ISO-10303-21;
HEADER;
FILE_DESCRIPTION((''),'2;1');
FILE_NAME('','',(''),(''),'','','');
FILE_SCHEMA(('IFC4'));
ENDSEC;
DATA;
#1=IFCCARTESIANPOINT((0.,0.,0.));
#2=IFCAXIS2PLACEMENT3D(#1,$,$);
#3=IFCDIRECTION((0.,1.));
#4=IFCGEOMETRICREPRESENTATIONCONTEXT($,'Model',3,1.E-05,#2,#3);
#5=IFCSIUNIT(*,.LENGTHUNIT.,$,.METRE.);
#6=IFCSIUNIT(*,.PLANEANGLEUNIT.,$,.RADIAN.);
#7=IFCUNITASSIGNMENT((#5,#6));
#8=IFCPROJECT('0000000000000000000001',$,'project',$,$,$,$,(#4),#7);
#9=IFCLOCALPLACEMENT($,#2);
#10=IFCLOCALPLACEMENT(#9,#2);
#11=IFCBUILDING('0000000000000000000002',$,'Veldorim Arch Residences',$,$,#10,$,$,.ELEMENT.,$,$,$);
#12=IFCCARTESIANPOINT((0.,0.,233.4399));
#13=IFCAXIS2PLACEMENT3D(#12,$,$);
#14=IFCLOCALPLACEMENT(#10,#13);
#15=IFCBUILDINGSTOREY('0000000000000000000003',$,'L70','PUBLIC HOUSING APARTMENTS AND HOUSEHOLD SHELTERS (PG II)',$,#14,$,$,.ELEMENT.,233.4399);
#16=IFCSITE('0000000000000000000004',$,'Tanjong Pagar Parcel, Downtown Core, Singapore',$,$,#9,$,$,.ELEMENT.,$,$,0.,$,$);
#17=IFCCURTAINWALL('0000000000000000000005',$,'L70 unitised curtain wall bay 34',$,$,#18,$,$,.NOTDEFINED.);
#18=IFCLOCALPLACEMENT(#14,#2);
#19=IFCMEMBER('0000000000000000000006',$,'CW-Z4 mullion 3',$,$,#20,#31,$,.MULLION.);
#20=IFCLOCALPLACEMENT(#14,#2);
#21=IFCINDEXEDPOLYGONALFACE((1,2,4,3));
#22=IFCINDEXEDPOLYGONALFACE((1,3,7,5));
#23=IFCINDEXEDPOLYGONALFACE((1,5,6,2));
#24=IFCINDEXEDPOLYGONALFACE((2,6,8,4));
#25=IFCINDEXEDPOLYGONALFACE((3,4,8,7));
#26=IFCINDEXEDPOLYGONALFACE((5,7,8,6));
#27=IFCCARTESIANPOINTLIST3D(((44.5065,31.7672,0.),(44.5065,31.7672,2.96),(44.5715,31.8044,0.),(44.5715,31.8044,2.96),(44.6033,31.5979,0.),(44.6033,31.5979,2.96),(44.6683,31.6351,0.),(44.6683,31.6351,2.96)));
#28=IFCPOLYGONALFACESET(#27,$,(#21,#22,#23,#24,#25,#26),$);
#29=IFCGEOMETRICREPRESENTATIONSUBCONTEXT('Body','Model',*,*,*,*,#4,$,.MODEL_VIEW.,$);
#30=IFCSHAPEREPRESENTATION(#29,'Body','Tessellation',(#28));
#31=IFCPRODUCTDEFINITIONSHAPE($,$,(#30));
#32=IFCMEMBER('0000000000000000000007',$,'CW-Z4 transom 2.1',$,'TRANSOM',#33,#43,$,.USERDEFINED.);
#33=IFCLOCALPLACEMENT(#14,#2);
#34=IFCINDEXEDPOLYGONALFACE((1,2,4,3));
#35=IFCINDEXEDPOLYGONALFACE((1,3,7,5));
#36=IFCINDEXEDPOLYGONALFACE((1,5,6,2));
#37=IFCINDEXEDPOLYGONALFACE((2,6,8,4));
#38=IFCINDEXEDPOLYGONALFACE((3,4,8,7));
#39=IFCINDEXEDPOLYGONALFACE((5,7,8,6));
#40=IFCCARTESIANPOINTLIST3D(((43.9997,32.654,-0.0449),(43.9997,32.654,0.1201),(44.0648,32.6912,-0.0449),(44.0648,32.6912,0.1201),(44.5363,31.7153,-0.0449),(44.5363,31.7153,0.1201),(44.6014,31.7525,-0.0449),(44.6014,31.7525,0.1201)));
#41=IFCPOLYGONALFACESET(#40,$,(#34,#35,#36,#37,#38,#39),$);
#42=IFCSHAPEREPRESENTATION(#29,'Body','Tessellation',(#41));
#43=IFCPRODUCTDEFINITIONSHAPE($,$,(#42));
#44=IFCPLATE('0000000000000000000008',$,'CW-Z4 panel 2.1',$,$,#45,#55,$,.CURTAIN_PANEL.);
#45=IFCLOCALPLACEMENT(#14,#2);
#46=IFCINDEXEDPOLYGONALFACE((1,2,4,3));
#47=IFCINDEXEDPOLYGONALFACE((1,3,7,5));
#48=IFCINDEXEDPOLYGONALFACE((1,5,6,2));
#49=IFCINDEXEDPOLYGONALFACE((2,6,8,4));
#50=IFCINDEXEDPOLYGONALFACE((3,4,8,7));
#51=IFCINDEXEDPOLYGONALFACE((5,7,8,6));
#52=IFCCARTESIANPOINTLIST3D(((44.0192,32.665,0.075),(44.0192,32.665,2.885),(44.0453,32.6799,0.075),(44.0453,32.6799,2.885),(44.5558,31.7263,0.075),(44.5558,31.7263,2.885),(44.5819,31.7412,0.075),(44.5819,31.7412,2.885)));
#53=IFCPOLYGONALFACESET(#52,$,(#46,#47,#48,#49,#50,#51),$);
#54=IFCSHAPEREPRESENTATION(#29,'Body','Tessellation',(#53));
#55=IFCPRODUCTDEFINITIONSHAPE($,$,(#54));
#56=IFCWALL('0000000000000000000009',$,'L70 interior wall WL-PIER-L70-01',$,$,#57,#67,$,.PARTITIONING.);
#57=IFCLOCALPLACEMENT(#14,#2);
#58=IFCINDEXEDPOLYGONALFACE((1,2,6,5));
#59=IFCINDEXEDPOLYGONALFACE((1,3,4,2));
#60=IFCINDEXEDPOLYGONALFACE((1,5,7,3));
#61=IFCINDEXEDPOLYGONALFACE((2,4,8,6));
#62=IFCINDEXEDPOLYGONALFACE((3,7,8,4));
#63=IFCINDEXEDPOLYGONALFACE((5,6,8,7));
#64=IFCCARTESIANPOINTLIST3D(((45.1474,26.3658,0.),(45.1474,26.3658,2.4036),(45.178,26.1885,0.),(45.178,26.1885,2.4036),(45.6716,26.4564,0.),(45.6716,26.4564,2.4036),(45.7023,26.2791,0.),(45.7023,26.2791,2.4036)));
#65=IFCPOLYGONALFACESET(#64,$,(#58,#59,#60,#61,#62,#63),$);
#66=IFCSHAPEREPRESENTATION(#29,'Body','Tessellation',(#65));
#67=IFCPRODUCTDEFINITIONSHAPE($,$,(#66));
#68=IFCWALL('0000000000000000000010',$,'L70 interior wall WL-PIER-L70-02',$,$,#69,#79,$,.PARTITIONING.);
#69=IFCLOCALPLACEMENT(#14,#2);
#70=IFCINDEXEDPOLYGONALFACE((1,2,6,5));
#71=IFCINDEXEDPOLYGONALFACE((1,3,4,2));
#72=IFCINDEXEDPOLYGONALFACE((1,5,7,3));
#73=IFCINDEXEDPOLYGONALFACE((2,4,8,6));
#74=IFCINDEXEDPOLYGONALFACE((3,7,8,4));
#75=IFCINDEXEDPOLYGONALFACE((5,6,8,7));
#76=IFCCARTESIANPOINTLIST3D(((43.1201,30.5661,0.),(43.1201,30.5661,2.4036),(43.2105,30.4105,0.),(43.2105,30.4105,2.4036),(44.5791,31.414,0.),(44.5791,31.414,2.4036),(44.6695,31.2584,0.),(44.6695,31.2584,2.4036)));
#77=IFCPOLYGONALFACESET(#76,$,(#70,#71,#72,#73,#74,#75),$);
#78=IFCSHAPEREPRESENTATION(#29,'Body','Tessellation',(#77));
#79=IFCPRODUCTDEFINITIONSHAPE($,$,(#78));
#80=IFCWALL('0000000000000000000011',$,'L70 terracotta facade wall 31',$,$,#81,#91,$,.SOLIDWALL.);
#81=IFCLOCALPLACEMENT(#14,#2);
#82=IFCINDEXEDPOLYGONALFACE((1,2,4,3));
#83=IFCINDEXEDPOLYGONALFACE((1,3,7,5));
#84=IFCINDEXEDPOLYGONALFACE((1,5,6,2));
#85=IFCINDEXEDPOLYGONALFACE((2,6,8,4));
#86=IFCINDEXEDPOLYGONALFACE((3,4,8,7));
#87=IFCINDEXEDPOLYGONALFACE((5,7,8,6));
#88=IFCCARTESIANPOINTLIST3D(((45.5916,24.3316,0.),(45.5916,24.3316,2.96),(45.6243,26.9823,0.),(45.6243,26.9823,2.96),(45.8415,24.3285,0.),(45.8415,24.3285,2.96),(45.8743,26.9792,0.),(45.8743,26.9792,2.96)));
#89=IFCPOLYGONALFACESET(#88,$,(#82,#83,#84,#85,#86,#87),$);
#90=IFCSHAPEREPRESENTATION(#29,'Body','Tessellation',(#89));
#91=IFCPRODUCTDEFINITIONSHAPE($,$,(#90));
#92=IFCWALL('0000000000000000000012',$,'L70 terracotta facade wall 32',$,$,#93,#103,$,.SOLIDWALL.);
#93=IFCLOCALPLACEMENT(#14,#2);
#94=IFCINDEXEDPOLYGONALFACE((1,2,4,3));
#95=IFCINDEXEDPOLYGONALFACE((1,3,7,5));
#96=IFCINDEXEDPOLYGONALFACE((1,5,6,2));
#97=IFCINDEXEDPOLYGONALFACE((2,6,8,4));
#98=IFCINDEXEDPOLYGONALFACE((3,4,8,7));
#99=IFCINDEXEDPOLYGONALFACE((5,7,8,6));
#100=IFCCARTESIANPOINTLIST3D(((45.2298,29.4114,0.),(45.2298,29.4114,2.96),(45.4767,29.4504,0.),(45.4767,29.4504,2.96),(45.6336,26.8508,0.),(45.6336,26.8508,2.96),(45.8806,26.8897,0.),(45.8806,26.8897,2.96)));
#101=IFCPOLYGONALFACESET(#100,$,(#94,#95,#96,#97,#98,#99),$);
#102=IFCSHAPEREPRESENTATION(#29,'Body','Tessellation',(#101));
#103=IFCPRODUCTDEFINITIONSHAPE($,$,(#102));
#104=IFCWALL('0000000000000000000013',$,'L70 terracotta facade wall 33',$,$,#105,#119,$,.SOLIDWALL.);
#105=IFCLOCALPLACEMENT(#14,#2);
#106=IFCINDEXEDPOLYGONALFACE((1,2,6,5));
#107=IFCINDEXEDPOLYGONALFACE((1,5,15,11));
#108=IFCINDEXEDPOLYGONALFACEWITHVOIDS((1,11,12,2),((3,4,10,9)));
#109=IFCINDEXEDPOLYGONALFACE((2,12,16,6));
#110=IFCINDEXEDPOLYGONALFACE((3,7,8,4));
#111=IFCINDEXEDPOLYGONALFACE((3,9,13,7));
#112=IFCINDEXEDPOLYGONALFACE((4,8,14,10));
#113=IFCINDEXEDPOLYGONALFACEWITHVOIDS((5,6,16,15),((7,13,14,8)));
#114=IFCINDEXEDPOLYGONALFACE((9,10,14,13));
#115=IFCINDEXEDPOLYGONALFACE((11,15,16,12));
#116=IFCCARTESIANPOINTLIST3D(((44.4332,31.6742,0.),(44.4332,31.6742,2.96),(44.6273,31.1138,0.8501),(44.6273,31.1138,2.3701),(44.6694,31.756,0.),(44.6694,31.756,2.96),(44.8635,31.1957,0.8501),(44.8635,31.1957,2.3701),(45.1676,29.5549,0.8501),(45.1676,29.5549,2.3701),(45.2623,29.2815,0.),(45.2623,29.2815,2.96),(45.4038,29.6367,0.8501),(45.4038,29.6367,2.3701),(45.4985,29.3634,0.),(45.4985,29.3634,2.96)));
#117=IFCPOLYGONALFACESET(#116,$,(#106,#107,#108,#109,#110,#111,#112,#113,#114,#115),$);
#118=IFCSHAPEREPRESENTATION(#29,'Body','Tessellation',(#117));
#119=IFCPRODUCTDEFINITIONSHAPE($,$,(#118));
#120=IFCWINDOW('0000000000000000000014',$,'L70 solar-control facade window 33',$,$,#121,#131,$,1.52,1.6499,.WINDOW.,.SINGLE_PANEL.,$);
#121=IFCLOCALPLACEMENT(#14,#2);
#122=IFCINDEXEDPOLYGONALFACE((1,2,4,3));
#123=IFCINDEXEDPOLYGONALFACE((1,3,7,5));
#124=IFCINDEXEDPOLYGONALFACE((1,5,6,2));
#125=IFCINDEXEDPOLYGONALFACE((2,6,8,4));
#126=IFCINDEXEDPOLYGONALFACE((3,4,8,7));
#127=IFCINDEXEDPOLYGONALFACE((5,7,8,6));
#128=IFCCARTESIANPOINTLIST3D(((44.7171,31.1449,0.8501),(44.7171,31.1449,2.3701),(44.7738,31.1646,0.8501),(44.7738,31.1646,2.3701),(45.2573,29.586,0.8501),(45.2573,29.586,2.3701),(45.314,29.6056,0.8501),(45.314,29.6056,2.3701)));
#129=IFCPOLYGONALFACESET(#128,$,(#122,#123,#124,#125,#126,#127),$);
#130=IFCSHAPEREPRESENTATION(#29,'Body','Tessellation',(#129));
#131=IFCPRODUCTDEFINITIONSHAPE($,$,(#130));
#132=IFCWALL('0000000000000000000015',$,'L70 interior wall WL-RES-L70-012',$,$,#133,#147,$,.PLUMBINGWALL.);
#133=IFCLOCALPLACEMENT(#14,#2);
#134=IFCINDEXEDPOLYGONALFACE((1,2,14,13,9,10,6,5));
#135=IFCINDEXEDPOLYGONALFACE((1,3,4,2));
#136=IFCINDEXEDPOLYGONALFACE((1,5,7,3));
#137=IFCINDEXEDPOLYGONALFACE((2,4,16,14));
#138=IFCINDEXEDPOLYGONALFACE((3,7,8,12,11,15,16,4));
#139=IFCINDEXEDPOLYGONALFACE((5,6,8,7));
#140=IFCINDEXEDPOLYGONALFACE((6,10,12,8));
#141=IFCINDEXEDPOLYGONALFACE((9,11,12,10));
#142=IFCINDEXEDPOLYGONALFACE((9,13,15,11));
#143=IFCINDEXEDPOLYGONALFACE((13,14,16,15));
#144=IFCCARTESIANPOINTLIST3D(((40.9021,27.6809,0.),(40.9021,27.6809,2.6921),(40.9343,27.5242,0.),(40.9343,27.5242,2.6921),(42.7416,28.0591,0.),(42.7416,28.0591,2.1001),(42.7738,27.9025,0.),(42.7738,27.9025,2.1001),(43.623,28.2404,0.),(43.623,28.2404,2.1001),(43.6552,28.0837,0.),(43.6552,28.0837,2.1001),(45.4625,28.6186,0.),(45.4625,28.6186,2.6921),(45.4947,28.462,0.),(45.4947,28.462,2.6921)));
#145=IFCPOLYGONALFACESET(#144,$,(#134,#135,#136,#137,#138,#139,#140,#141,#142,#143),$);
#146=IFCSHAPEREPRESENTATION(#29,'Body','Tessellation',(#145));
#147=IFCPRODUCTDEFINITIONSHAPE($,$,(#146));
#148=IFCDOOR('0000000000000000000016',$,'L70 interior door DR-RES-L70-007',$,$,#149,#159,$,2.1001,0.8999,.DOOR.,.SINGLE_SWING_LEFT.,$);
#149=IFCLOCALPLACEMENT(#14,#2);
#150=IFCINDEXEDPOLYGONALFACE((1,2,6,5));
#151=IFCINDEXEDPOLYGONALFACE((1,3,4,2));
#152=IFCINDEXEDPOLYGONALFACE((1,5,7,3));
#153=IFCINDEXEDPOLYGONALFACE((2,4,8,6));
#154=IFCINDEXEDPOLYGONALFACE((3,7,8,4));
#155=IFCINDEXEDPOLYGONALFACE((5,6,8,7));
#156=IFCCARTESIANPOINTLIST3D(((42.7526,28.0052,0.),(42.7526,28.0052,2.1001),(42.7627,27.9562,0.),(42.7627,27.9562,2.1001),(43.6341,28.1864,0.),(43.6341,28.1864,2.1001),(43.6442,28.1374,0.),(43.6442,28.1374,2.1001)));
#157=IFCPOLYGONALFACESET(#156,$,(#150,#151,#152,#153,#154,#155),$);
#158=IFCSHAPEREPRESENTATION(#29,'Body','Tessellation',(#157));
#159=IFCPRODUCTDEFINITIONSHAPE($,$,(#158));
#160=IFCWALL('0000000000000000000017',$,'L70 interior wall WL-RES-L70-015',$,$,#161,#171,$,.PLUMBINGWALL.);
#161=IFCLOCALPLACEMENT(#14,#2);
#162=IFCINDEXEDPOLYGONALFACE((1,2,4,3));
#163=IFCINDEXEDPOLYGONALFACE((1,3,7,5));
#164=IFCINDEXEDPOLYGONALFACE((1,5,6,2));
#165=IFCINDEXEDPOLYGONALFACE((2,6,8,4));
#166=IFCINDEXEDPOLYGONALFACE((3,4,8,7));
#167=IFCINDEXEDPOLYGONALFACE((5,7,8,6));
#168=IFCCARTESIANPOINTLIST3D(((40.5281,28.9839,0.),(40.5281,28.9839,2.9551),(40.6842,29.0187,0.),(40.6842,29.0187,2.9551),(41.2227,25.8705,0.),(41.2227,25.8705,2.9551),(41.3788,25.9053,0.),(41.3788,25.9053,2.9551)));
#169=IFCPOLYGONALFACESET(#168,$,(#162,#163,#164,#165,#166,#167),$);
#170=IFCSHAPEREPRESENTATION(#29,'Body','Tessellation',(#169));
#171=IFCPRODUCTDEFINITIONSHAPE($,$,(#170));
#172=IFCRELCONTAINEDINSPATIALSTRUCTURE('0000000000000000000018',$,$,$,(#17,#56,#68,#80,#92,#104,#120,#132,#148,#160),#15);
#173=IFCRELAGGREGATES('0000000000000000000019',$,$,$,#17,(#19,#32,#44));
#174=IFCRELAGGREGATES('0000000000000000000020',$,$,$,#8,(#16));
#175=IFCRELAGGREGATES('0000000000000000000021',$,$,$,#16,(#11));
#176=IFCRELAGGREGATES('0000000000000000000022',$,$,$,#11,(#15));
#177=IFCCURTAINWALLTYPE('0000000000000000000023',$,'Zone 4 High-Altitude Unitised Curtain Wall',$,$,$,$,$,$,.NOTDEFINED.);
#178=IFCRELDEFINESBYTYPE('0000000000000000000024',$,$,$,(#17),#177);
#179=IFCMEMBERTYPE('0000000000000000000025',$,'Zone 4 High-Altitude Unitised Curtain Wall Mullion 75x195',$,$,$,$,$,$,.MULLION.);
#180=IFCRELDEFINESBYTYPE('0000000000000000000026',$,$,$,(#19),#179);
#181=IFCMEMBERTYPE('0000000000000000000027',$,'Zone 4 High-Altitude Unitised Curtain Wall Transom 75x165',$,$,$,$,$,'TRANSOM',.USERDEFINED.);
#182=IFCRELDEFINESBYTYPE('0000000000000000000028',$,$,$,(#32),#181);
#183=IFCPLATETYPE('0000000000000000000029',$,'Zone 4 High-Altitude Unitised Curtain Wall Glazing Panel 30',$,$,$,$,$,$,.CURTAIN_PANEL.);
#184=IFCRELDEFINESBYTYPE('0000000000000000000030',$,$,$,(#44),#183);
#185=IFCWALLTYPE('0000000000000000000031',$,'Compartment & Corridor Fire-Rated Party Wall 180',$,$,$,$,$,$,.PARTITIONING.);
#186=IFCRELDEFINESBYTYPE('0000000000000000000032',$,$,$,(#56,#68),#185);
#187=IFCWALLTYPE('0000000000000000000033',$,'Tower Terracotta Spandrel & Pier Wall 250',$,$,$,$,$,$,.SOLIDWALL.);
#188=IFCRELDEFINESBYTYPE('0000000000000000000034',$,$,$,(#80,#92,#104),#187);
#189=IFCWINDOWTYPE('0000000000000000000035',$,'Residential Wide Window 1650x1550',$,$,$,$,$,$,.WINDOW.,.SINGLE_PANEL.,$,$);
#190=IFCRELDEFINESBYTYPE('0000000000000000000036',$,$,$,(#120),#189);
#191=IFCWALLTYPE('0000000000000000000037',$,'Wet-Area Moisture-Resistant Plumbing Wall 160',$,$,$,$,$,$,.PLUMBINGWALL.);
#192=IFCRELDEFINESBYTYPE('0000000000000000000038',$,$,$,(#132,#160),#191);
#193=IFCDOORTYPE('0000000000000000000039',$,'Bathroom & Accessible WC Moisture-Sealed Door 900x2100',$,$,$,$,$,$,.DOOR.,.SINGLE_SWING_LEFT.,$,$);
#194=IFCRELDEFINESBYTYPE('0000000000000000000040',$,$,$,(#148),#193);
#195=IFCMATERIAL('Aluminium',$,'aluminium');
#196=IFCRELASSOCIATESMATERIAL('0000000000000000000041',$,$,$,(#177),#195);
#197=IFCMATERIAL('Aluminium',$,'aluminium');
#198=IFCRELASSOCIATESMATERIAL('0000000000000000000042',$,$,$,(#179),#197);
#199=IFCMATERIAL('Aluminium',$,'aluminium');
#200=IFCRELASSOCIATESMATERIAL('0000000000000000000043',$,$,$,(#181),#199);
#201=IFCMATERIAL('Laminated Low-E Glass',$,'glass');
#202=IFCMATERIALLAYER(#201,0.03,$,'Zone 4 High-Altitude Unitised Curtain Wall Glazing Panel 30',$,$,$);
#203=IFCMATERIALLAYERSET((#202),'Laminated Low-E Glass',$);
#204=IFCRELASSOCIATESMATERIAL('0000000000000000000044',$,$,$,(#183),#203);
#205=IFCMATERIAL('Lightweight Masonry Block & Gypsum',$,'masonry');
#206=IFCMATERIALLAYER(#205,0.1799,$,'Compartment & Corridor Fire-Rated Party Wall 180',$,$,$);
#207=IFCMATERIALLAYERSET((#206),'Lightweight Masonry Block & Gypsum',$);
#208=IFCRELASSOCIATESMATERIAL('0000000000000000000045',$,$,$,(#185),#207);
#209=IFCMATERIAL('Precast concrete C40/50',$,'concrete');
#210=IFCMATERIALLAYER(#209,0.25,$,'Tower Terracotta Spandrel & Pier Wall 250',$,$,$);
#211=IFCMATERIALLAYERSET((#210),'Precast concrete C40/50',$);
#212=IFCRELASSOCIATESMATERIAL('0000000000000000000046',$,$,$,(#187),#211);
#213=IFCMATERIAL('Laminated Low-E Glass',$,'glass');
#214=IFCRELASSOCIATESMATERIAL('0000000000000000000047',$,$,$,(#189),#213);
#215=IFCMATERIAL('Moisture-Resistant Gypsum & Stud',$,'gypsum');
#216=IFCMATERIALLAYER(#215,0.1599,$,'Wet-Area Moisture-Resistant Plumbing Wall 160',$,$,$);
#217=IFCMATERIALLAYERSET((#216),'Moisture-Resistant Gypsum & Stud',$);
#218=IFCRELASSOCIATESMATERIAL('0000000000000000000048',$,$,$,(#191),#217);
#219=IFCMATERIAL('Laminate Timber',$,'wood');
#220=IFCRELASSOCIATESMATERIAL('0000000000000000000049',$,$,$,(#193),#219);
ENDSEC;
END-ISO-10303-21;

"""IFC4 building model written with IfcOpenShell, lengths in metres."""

from ifc_helpers import new_model, si_unit, direction, frame, frame_2d, origin, origin_2d, place, context, subcontext, project, spatial, rectangle, extrude, material, layer, layer_set, material_profile, profile_set, type_object, element, fill, aggregate, save


model = new_model("IFC4")

# Units and contexts
model_context = context("Model", 3, precision=1e-05, world=origin(), true_north=direction((0.0, 1.0)))
body_context = subcontext(model_context, "Body", "Model", "MODEL_VIEW")
ifc_project = project(units=[si_unit("LENGTHUNIT", "METRE"), si_unit("PLANEANGLEUNIT", "RADIAN")], contexts=[model_context])

# Site, building, storey
site_placement = place(None, origin())
site = spatial("IfcSite", under=ifc_project, at=site_placement, Name="Tanjong Pagar Parcel, Downtown Core, Singapore", CompositionType="ELEMENT", RefElevation=0.0)
building_placement = place(site_placement, origin())
building = spatial("IfcBuilding", under=site, at=building_placement, Name="Veldorim Arch Residences", CompositionType="ELEMENT")
storey_placement = place(building_placement, frame((0.0, 0.0, 233.4399)))
storey = spatial("IfcBuildingStorey", under=building, at=storey_placement, Name="L70", Description="PUBLIC HOUSING APARTMENTS AND HOUSEHOLD SHELTERS (PG II)", CompositionType="ELEMENT", Elevation=233.4399)

# Curtain wall, members, plate
ifc_material_1 = material(Name="Aluminium", Category="aluminium")
curtain_wall_type = type_object("IfcCurtainWallType", Name="Zone 4 High-Altitude Unitised Curtain Wall", PredefinedType="NOTDEFINED", material=ifc_material_1)
curtain_wall_placement = place(storey_placement, origin())
curtain_wall = element("IfcCurtainWall", 1, at=curtain_wall_placement, inside=storey, type_object=curtain_wall_type, Name="L70 unitised curtain wall bay 34", PredefinedType="NOTDEFINED")
ifc_material_2 = material(Name="Aluminium", Category="aluminium")
ifc_material_profile_1 = material_profile(ifc_material_2, rectangle(XDim=0.075, YDim=0.1951, at=origin_2d()), Name="ALU_MUL_75x195")
ifc_profile_set_1 = profile_set([ifc_material_profile_1], Name="Aluminium")
member_type_1 = type_object("IfcMemberType", Name="Zone 4 High-Altitude Unitised Curtain Wall Mullion 75x195", PredefinedType="MULLION", material=ifc_profile_set_1)
member_1_placement = place(storey_placement, frame((44.5874, 31.7012, 0.0), z_axis=(0.0, 0.0, 1.0), x_axis=(0.868166, 0.496274, 0.0)))
member_1 = element("IfcMember", 2, at=member_1_placement, type_object=member_type_1, Name="CW-Z4 mullion 3", PredefinedType="MULLION", context=body_context, shape_type="SweptSolid", body=[
    extrude(rectangle(XDim=0.075, YDim=0.1951, at=origin_2d()), origin(), (0.0, 0.0, 1.0), 2.96),
])
ifc_material_3 = material(Name="Aluminium", Category="aluminium")
ifc_material_profile_2 = material_profile(ifc_material_3, rectangle(XDim=0.075, YDim=0.165, at=origin_2d()), Name="ALU_TRN_75x165")
ifc_profile_set_2 = profile_set([ifc_material_profile_2], Name="Aluminium")
member_type_2 = type_object("IfcMemberType", Name="Zone 4 High-Altitude Unitised Curtain Wall Transom 75x165", ElementType="TRANSOM", PredefinedType="USERDEFINED", material=ifc_profile_set_2)
member_2_placement = place(storey_placement, frame((44.0322, 32.6726, 0.0376), z_axis=(0.496285, -0.86816, 0.0), x_axis=(0.86816, 0.496285, 0.0)))
member_2 = element("IfcMember", 3, at=member_2_placement, type_object=member_type_2, Name="CW-Z4 transom 2.1", ObjectType="TRANSOM", PredefinedType="USERDEFINED", context=body_context, shape_type="SweptSolid", body=[
    extrude(rectangle(XDim=0.075, YDim=0.165, at=origin_2d()), origin(), (0.0, 0.0, 1.0), 1.0813),
])
ifc_material_4 = material(Name="Laminated Low-E Glass", Category="glass")
ifc_layer_1 = layer(ifc_material_4, 0.03, Name="Zone 4 High-Altitude Unitised Curtain Wall Glazing Panel 30")
ifc_layer_set_1 = layer_set([ifc_layer_1], Name="Laminated Low-E Glass")
plate_type = type_object("IfcPlateType", Name="Zone 4 High-Altitude Unitised Curtain Wall Glazing Panel 30", PredefinedType="CURTAIN_PANEL", material=ifc_layer_set_1)
plate_placement = place(storey_placement, frame((44.3005, 32.2031, 0.075), z_axis=(0.0, 0.0, 1.0), x_axis=(0.496274, -0.868166, 0.0)))
plate = element("IfcPlate", 4, at=plate_placement, type_object=plate_type, Name="CW-Z4 panel 2.1", PredefinedType="CURTAIN_PANEL", context=body_context, shape_type="SweptSolid", body=[
    extrude(rectangle(XDim=1.0813, YDim=0.03, at=origin_2d()), origin(), (0.0, 0.0, 1.0), 2.8101),
])
aggregate(curtain_wall, [member_1, member_2, plate])

# Walls
ifc_material_5 = material(Name="Lightweight Masonry Block & Gypsum", Category="masonry")
ifc_layer_2 = layer(ifc_material_5, 0.1799, Name="Compartment & Corridor Fire-Rated Party Wall 180")
ifc_layer_set_2 = layer_set([ifc_layer_2], Name="Lightweight Masonry Block & Gypsum")
wall_type_1 = type_object("IfcWallType", Name="Compartment & Corridor Fire-Rated Party Wall 180", PredefinedType="PARTITIONING", material=ifc_layer_set_2)
wall_1_placement = place(storey_placement, frame((45.1626, 26.2771, 0.0), z_axis=(0.0, 0.0, 1.0), x_axis=(0.985396, 0.170276, 0.0)))
element("IfcWall", 5, at=wall_1_placement, inside=storey, type_object=wall_type_1, Name="L70 interior wall WL-PIER-L70-01", PredefinedType="PARTITIONING", context=body_context, shape_type="SweptSolid", body=[
    extrude(rectangle(XDim=0.532, YDim=0.1799, at=frame_2d((0.2661, 0.0))), origin(), (0.0, 0.0, 1.0), 2.4036),
])
wall_2_placement = place(storey_placement, frame((43.1653, 30.4883, 0.0), z_axis=(0.0, 0.0, 1.0), x_axis=(0.864596, 0.502467, 0.0)))
element("IfcWall", 6, at=wall_2_placement, inside=storey, type_object=wall_type_1, Name="L70 interior wall WL-PIER-L70-02", PredefinedType="PARTITIONING", context=body_context, shape_type="SweptSolid", body=[
    extrude(rectangle(XDim=1.6875, YDim=0.1799, at=frame_2d((0.8438, 0.0))), origin(), (0.0, 0.0, 1.0), 2.4036),
])
ifc_material_6 = material(Name="Precast concrete C40/50", Category="concrete")
ifc_layer_3 = layer(ifc_material_6, 0.25, Name="Tower Terracotta Spandrel & Pier Wall 250")
ifc_layer_set_3 = layer_set([ifc_layer_3], Name="Precast concrete C40/50")
wall_type_2 = type_object("IfcWallType", Name="Tower Terracotta Spandrel & Pier Wall 250", PredefinedType="SOLIDWALL", material=ifc_layer_set_3)
wall_3_placement = place(storey_placement, frame((45.7493, 26.9807, 0.0), z_axis=(0.0, 0.0, 1.0), x_axis=(-0.012341, -0.999924, 0.0)))
element("IfcWall", 7, at=wall_3_placement, inside=storey, type_object=wall_type_2, Name="L70 terracotta facade wall 31", PredefinedType="SOLIDWALL", context=body_context, shape_type="SweptSolid", body=[
    extrude(rectangle(XDim=2.6509, YDim=0.25, at=frame_2d((1.3254, 0.0))), origin(), (0.0, 0.0, 1.0), 2.96),
])
wall_4_placement = place(storey_placement, frame((45.3533, 29.4309, 0.0), z_axis=(0.0, 0.0, 1.0), x_axis=(0.155779, -0.987792, 0.0)))
element("IfcWall", 8, at=wall_4_placement, inside=storey, type_object=wall_type_2, Name="L70 terracotta facade wall 32", PredefinedType="SOLIDWALL", context=body_context, shape_type="SweptSolid", body=[
    extrude(rectangle(XDim=2.5923, YDim=0.25, at=frame_2d((1.2961, 0.0))), origin(), (0.0, 0.0, 1.0), 2.96),
])

# Wall, opening, window
wall_5_placement = place(storey_placement, frame((44.5513, 31.7151, 0.0), z_axis=(0.0, 0.0, 1.0), x_axis=(0.327428, -0.944876, 0.0)))
wall_5 = element("IfcWall", 9, at=wall_5_placement, inside=storey, type_object=wall_type_2, Name="L70 terracotta facade wall 33", PredefinedType="SOLIDWALL", context=body_context, shape_type="SweptSolid", body=[
    extrude(rectangle(XDim=2.5322, YDim=0.25, at=frame_2d((1.2661, 0.0))), origin(), (0.0, 0.0, 1.0), 2.96),
])
opening_1_placement = place(wall_5_placement, frame((0.593, 0.0, 0.8501)))
opening_1 = element("IfcOpeningElement", 10, at=opening_1_placement, cuts=wall_5, PredefinedType="OPENING", context=body_context, shape_type="SweptSolid", body=[
    extrude(rectangle(XDim=1.6499, YDim=1.52, at=frame_2d((0.825, 0.76))), frame((0.0, 0.135, 0.0), z_axis=(0.0, -1.0, 0.0), x_axis=(1.0, 0.0, 0.0)), (0.0, 0.0, 1.0), 0.27),
])
ifc_material_7 = material(Name="Laminated Low-E Glass", Category="glass")
window_type = type_object("IfcWindowType", Name="Residential Wide Window 1650x1550", PartitioningType="SINGLE_PANEL", PredefinedType="WINDOW", material=ifc_material_7)
window_placement = place(opening_1_placement, origin())
window = element("IfcWindow", 11, at=window_placement, inside=storey, type_object=window_type, Name="L70 solar-control facade window 33", OverallHeight=1.52, OverallWidth=1.6499, PartitioningType="SINGLE_PANEL", PredefinedType="WINDOW", context=body_context, shape_type="SweptSolid", body=[
    extrude(rectangle(XDim=1.6499, YDim=1.52, at=frame_2d((0.825, 0.76))), frame((0.0, 0.03, 0.0), z_axis=(0.0, -1.0, 0.0), x_axis=(1.0, 0.0, 0.0)), (0.0, 0.0, 1.0), 0.0601),
])
fill(opening_1, window)

# Wall, opening, door
ifc_material_8 = material(Name="Moisture-Resistant Gypsum & Stud", Category="gypsum")
ifc_layer_4 = layer(ifc_material_8, 0.1599, Name="Wet-Area Moisture-Resistant Plumbing Wall 160")
ifc_layer_set_4 = layer_set([ifc_layer_4], Name="Moisture-Resistant Gypsum & Stud")
wall_type_3 = type_object("IfcWallType", Name="Wet-Area Moisture-Resistant Plumbing Wall 160", PredefinedType="PLUMBINGWALL", material=ifc_layer_set_4)
wall_6_placement = place(storey_placement, frame((40.9182, 27.6025, 0.0), z_axis=(0.0, 0.0, 1.0), x_axis=(0.979505, 0.201418, 0.0)))
wall_6 = element("IfcWall", 12, at=wall_6_placement, inside=storey, type_object=wall_type_3, Name="L70 interior wall WL-RES-L70-012", PredefinedType="PLUMBINGWALL", context=body_context, shape_type="SweptSolid", body=[
    extrude(rectangle(XDim=4.6558, YDim=0.1599, at=frame_2d((2.3279, 0.0))), origin(), (0.0, 0.0, 1.0), 2.6921),
])
opening_2_placement = place(wall_6_placement, frame((1.8779, 0.0, 0.0)))
opening_2 = element("IfcOpeningElement", 13, at=opening_2_placement, cuts=wall_6, PredefinedType="OPENING", context=body_context, shape_type="SweptSolid", body=[
    extrude(rectangle(XDim=0.8999, YDim=2.1001, at=frame_2d((0.45, 1.05))), frame((0.0, 0.0898, 0.0), z_axis=(0.0, -1.0, 0.0), x_axis=(1.0, 0.0, 0.0)), (0.0, 0.0, 1.0), 0.1799),
])
ifc_material_9 = material(Name="Laminate Timber", Category="wood")
door_type = type_object("IfcDoorType", Name="Bathroom & Accessible WC Moisture-Sealed Door 900x2100", OperationType="SINGLE_SWING_LEFT", PredefinedType="DOOR", material=ifc_material_9)
door_placement = place(opening_2_placement, origin())
door = element("IfcDoor", 14, at=door_placement, inside=storey, type_object=door_type, Name="L70 interior door DR-RES-L70-007", OperationType="SINGLE_SWING_LEFT", OverallHeight=2.1001, OverallWidth=0.8999, PredefinedType="DOOR", context=body_context, shape_type="SweptSolid", body=[
    extrude(rectangle(XDim=0.8999, YDim=2.1001, at=frame_2d((0.45, 1.05))), frame((0.0, 0.0249, 0.0), z_axis=(0.0, -1.0, 0.0), x_axis=(1.0, 0.0, 0.0)), (0.0, 0.0, 1.0), 0.05),
])
fill(opening_2, door)

# Wall
wall_7_placement = place(storey_placement, frame((41.3008, 25.8879, 0.0), z_axis=(0.0, 0.0, 1.0), x_axis=(-0.217749, 0.976005, 0.0)))
element("IfcWall", 15, at=wall_7_placement, inside=storey, type_object=wall_type_3, Name="L70 interior wall WL-RES-L70-015", PredefinedType="PLUMBINGWALL", context=body_context, shape_type="SweptSolid", body=[
    extrude(rectangle(XDim=3.1899, YDim=0.1599, at=frame_2d((1.595, 0.0))), origin(), (0.0, 0.0, 1.0), 2.9551),
])

save(model, "model.ifc")
